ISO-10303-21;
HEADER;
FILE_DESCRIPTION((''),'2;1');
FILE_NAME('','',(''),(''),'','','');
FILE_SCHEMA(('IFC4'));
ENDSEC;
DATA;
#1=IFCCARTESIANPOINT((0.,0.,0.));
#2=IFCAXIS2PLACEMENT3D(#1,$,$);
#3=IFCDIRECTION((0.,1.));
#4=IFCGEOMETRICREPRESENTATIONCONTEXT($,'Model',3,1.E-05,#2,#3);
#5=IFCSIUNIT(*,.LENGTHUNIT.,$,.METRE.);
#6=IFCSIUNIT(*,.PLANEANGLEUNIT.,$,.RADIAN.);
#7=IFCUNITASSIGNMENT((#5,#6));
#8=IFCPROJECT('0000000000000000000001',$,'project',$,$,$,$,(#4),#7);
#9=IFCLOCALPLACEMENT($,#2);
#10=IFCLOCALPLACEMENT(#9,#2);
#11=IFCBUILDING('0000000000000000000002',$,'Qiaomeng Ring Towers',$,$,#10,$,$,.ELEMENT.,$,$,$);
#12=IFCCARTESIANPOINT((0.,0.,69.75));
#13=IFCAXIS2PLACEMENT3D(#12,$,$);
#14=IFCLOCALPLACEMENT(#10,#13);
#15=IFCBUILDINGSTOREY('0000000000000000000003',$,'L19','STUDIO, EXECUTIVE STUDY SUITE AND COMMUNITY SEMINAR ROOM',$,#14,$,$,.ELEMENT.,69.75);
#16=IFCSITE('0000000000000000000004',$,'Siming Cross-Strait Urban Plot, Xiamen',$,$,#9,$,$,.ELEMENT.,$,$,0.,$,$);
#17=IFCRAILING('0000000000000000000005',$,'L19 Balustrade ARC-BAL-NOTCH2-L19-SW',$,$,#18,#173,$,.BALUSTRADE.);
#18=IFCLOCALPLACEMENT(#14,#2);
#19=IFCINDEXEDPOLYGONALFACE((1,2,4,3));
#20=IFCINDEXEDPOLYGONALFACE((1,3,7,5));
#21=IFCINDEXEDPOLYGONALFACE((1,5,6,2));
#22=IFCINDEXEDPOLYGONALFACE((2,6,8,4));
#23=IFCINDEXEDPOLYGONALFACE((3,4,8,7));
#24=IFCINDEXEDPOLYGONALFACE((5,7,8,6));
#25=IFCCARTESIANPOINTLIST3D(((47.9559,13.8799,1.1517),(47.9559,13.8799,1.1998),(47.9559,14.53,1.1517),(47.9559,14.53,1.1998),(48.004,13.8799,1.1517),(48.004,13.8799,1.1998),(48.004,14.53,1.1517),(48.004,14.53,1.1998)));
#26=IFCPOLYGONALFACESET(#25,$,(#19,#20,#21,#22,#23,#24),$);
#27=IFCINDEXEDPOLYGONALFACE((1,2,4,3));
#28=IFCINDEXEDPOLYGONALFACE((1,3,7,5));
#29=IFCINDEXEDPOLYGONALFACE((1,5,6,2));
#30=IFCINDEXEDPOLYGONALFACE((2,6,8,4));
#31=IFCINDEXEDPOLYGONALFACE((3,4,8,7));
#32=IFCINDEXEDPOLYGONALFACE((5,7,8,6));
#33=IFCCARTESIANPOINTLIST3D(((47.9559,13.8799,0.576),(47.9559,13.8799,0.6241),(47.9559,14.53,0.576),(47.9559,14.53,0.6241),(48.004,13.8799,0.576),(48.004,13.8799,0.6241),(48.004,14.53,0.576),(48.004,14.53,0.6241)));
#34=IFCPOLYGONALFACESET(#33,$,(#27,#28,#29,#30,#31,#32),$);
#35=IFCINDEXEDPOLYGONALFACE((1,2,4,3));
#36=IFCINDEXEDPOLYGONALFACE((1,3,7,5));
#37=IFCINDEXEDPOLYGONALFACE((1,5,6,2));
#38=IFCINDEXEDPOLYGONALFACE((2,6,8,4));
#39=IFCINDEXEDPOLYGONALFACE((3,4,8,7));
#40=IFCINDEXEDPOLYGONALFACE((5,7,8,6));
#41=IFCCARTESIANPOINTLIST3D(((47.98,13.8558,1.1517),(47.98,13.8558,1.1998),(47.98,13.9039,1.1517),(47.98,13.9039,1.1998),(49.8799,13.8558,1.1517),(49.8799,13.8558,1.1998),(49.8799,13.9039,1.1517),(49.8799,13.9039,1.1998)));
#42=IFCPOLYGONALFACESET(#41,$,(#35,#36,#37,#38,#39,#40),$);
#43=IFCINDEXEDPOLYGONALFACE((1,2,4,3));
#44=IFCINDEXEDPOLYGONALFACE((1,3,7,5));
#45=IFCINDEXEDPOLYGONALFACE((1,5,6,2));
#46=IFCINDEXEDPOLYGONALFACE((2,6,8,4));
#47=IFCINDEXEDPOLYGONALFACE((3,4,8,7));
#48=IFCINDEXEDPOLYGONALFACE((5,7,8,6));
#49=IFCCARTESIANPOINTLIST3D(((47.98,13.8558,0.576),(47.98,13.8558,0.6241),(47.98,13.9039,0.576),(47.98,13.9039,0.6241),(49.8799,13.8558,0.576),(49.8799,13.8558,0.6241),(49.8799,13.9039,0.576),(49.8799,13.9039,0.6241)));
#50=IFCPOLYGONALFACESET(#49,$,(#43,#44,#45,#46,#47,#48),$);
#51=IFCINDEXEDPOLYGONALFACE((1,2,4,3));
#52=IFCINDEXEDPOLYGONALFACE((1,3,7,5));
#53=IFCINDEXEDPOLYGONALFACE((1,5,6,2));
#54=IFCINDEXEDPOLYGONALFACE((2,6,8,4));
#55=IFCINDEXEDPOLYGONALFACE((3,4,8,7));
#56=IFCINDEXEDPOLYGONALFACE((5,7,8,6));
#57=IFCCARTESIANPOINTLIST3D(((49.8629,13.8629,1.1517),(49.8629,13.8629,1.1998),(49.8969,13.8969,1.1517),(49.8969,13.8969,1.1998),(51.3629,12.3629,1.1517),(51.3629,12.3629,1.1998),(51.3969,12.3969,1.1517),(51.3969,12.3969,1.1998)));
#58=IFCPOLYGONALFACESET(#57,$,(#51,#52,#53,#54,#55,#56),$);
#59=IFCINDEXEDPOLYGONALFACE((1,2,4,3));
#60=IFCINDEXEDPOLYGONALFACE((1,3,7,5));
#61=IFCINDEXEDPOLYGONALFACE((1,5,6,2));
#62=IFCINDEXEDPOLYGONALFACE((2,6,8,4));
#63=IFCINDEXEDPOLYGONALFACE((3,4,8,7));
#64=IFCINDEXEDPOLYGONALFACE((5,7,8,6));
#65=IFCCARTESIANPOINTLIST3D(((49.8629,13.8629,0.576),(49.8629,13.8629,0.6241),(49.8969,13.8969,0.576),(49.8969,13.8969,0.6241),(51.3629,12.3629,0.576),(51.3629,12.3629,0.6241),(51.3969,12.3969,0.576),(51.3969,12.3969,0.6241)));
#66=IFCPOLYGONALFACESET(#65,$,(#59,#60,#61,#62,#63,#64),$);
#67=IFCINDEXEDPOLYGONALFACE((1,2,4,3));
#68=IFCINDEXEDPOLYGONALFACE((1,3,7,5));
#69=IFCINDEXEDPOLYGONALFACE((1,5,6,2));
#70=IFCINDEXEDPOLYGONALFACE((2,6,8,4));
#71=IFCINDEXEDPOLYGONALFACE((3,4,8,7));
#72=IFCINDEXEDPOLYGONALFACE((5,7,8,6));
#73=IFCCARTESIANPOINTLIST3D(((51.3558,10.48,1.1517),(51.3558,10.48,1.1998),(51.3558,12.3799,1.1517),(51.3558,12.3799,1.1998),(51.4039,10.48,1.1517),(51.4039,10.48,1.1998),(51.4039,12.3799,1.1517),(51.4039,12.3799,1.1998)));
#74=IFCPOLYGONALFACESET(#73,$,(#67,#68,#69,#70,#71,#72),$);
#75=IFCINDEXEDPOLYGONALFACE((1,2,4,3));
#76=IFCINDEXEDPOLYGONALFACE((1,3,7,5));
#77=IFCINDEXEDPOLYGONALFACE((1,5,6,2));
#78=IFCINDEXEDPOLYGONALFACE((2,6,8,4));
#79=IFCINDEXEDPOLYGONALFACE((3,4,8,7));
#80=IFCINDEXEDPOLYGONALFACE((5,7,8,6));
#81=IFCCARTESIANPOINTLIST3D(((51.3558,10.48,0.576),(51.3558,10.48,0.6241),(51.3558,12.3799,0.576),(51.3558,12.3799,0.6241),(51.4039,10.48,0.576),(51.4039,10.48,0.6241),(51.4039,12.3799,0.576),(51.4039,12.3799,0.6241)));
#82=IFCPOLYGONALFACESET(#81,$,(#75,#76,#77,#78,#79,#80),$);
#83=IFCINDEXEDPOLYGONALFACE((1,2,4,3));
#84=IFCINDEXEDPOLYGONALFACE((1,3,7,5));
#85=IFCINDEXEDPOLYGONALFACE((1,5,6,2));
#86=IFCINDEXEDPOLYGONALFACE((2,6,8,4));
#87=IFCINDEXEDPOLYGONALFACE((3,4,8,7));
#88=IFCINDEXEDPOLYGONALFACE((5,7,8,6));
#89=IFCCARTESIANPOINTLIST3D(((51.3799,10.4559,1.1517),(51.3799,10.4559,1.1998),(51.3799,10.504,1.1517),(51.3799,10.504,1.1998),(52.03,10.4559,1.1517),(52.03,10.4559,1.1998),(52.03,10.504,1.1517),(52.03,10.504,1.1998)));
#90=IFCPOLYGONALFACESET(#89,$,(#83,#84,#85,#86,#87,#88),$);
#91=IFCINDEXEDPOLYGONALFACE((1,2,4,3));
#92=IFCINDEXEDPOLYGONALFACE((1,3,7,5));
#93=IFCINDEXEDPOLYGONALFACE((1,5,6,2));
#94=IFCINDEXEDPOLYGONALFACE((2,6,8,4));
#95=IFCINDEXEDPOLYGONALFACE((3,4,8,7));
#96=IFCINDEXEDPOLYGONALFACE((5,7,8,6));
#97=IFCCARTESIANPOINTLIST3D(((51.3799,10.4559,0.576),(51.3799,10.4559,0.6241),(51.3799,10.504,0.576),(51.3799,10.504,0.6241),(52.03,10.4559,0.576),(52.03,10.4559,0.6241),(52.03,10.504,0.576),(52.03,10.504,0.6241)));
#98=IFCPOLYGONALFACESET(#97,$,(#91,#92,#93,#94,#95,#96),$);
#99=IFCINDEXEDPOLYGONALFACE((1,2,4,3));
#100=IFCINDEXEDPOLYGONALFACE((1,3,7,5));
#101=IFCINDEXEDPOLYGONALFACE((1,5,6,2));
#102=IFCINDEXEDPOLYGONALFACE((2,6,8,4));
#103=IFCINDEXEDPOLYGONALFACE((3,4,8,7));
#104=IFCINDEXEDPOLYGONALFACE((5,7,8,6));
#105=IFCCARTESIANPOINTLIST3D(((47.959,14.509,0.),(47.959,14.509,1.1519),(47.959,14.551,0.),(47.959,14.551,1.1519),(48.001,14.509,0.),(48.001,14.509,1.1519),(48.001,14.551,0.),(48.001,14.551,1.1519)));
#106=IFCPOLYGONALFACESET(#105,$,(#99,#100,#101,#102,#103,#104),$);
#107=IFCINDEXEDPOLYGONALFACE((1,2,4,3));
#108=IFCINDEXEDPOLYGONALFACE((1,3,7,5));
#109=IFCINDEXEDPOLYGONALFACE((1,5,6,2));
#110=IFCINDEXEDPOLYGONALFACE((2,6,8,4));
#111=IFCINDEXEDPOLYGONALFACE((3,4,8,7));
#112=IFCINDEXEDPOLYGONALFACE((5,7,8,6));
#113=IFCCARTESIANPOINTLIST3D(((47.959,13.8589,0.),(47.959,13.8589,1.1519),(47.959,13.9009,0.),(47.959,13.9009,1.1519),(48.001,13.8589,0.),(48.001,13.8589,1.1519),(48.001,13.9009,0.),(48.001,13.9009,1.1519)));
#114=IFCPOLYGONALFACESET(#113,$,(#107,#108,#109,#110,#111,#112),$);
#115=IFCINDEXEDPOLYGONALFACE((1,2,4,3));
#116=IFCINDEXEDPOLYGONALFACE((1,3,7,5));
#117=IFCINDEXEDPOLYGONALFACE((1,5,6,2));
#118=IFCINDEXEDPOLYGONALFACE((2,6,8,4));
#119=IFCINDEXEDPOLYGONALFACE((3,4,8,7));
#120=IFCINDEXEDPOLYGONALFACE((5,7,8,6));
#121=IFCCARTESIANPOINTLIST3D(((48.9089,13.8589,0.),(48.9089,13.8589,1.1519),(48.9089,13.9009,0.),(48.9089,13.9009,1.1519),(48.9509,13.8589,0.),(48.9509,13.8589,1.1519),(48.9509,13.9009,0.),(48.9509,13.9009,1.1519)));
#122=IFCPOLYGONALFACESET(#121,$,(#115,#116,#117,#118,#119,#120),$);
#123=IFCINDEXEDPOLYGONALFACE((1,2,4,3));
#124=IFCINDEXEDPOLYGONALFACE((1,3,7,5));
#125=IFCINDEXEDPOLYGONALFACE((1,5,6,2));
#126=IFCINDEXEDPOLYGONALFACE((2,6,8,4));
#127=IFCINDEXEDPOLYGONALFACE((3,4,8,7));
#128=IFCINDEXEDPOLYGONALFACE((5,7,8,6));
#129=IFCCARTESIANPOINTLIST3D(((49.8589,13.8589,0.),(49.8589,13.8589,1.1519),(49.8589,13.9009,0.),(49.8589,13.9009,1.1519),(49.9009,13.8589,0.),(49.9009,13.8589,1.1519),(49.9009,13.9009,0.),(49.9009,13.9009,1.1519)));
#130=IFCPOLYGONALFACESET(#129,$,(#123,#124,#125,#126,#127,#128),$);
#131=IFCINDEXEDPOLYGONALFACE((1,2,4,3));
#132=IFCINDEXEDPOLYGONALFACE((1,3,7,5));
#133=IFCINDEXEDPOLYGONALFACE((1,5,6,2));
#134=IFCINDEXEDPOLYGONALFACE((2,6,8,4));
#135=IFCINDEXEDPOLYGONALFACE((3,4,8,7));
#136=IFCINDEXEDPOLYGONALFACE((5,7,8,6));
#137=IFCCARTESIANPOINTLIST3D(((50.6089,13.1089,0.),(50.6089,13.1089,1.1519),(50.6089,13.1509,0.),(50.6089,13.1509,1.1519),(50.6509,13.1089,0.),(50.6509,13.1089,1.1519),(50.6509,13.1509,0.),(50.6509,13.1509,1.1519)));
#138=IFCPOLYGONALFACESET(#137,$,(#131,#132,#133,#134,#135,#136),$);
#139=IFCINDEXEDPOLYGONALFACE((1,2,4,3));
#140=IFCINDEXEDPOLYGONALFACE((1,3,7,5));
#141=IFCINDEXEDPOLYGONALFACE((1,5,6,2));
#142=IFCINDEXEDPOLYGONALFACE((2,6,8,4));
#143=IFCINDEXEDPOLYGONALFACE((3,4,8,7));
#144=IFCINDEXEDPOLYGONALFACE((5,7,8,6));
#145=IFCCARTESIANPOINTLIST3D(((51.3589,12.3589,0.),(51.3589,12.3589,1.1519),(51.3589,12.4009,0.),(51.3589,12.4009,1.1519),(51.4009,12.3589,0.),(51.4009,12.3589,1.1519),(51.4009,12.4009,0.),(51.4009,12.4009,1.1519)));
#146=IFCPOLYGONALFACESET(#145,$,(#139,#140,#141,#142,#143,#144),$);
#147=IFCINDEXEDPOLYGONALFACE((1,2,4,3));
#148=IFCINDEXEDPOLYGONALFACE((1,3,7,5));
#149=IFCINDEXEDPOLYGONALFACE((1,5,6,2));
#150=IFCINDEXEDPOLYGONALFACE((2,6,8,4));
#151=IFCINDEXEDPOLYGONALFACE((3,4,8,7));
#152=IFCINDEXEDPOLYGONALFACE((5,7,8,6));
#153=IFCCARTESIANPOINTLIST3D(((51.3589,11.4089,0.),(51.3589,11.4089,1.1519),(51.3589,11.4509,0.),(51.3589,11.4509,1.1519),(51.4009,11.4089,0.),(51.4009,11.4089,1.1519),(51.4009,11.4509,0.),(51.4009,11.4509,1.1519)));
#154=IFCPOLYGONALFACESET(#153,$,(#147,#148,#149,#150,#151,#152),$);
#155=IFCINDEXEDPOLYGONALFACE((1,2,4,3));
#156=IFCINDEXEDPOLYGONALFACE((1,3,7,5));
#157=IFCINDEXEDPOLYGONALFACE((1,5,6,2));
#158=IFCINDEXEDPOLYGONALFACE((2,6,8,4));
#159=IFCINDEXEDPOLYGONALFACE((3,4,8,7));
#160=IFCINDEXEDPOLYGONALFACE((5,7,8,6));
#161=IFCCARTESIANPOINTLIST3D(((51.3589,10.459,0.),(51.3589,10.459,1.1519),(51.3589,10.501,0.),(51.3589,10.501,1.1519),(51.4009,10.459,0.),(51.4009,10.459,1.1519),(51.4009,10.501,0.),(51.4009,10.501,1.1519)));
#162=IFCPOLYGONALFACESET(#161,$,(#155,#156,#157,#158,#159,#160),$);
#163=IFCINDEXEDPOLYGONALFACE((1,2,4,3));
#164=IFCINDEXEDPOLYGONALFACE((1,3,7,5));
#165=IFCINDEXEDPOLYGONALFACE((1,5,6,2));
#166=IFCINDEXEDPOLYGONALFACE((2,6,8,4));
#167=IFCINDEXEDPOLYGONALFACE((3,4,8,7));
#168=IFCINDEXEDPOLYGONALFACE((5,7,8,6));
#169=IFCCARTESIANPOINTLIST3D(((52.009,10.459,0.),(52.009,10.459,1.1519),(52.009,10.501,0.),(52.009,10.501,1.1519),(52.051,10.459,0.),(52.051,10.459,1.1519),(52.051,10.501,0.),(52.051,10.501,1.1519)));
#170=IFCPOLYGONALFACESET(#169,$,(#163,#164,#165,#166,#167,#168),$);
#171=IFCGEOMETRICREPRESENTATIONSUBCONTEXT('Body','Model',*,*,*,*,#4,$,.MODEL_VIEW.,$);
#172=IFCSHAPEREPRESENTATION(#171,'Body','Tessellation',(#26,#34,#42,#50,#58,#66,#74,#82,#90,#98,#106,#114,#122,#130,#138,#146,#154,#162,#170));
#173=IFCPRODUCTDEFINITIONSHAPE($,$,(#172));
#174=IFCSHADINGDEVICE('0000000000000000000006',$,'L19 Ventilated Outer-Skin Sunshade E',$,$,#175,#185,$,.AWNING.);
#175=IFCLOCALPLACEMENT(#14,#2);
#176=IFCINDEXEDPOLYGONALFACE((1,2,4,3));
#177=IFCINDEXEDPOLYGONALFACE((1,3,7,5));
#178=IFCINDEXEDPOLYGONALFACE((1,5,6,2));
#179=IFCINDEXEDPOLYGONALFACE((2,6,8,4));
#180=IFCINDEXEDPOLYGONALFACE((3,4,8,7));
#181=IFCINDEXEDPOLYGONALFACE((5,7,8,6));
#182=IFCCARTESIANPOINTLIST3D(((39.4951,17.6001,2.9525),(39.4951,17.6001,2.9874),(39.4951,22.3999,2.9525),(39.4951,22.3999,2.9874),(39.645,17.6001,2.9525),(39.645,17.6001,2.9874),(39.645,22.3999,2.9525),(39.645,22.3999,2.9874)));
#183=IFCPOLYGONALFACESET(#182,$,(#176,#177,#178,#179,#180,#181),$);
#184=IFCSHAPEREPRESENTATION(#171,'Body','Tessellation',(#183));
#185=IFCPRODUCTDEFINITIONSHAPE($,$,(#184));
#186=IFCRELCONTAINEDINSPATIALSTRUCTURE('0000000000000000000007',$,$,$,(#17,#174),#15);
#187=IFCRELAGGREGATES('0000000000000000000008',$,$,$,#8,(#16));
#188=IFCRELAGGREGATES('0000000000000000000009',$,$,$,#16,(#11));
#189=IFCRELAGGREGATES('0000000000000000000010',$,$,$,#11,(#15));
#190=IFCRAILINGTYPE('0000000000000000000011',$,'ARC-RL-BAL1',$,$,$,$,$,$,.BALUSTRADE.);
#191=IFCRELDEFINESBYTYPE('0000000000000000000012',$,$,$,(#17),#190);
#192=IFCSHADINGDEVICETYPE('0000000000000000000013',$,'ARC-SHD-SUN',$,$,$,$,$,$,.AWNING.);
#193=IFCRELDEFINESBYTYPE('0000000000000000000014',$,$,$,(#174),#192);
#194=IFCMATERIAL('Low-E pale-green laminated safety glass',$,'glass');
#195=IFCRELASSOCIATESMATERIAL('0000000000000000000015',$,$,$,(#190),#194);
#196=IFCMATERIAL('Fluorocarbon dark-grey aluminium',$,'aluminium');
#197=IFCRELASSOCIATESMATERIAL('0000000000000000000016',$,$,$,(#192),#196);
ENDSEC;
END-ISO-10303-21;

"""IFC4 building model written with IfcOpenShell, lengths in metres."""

from ifc_helpers import new_model, si_unit, direction, frame, origin, origin_2d, place, context, subcontext, project, spatial, rectangle, extrude, source, transform, mapped, material, material_profile, profile_set, type_object, element, save


model = new_model("IFC4")

# Units and contexts
model_context = context("Model", 3, precision=1e-05, world=origin(), true_north=direction((0.0, 1.0)))
body_context = subcontext(model_context, "Body", "Model", "MODEL_VIEW")
ifc_project = project(units=[si_unit("LENGTHUNIT", "METRE"), si_unit("PLANEANGLEUNIT", "RADIAN")], contexts=[model_context])

# Site, building, storey
site_placement = place(None, origin())
site = spatial("IfcSite", under=ifc_project, at=site_placement, Name="Siming Cross-Strait Urban Plot, Xiamen", CompositionType="ELEMENT", RefElevation=0.0)
building_placement = place(site_placement, origin())
building = spatial("IfcBuilding", under=site, at=building_placement, Name="Qiaomeng Ring Towers", CompositionType="ELEMENT")
storey_placement = place(building_placement, frame((0.0, 0.0, 69.75)))
storey = spatial("IfcBuildingStorey", under=building, at=storey_placement, Name="L19", Description="STUDIO, EXECUTIVE STUDY SUITE AND COMMUNITY SEMINAR ROOM", CompositionType="ELEMENT", Elevation=69.75)

# Shared definitions
ifc_material_1 = material(Name="Fluorocarbon dark-grey aluminium", Category="aluminium")

# Railing
ifc_material_2 = material(Name="Low-E pale-green laminated safety glass", Category="glass")
railing_type = type_object("IfcRailingType", Name="ARC-RL-BAL1", PredefinedType="BALUSTRADE", material=ifc_material_2)
railing_placement = place(storey_placement, frame((47.98, 14.53, 0.0)))
element("IfcRailing", 1, at=railing_placement, inside=storey, type_object=railing_type, Name="L19 Balustrade ARC-BAL-NOTCH2-L19-SW", PredefinedType="BALUSTRADE", context=body_context, shape_type="SweptSolid", body=[
    extrude(rectangle(XDim=0.0481, YDim=0.0481, at=origin_2d()), frame((0.0, 0.0, 1.1758), z_axis=(0.0, -1.0, 0.0), x_axis=(1.0, 0.0, 0.0)), (0.0, 0.0, 1.0), 0.6501),
    extrude(rectangle(XDim=0.0481, YDim=0.0481, at=origin_2d()), frame((0.0, 0.0, 0.6001), z_axis=(0.0, -1.0, 0.0), x_axis=(1.0, 0.0, 0.0)), (0.0, 0.0, 1.0), 0.6501),
    extrude(rectangle(XDim=0.0481, YDim=0.0481, at=origin_2d()), frame((0.0, -0.6501, 1.1758), z_axis=(1.0, 0.0, 0.0), x_axis=(0.0, 1.0, 0.0)), (0.0, 0.0, 1.0), 1.8999),
    extrude(rectangle(XDim=0.0481, YDim=0.0481, at=origin_2d()), frame((0.0, -0.6501, 0.6001), z_axis=(1.0, 0.0, 0.0), x_axis=(0.0, 1.0, 0.0)), (0.0, 0.0, 1.0), 1.8999),
    extrude(rectangle(XDim=0.0481, YDim=0.0481, at=origin_2d()), frame((1.8999, -0.6501, 1.1758), z_axis=(0.707107, -0.707107, 0.0), x_axis=(0.707107, 0.707107, 0.0)), (0.0, 0.0, 1.0), 2.1213),
    extrude(rectangle(XDim=0.0481, YDim=0.0481, at=origin_2d()), frame((1.8999, -0.6501, 0.6001), z_axis=(0.707107, -0.707107, 0.0), x_axis=(0.707107, 0.707107, 0.0)), (0.0, 0.0, 1.0), 2.1213),
    extrude(rectangle(XDim=0.0481, YDim=0.0481, at=origin_2d()), frame((3.3999, -2.1501, 1.1758), z_axis=(0.0, -1.0, 0.0), x_axis=(1.0, 0.0, 0.0)), (0.0, 0.0, 1.0), 1.8999),
    extrude(rectangle(XDim=0.0481, YDim=0.0481, at=origin_2d()), frame((3.3999, -2.1501, 0.6001), z_axis=(0.0, -1.0, 0.0), x_axis=(1.0, 0.0, 0.0)), (0.0, 0.0, 1.0), 1.8999),
    extrude(rectangle(XDim=0.0481, YDim=0.0481, at=origin_2d()), frame((3.3999, -4.05, 1.1758), z_axis=(1.0, 0.0, 0.0), x_axis=(0.0, 1.0, 0.0)), (0.0, 0.0, 1.0), 0.6501),
    extrude(rectangle(XDim=0.0481, YDim=0.0481, at=origin_2d()), frame((3.3999, -4.05, 0.6001), z_axis=(1.0, 0.0, 0.0), x_axis=(0.0, 1.0, 0.0)), (0.0, 0.0, 1.0), 0.6501),
    extrude(rectangle(XDim=0.042, YDim=0.042, at=origin_2d()), origin(), (0.0, 0.0, 1.0), 1.1519),
    extrude(rectangle(XDim=0.042, YDim=0.042, at=origin_2d()), frame((0.0, -0.6501, 0.0)), (0.0, 0.0, 1.0), 1.1519),
    extrude(rectangle(XDim=0.042, YDim=0.042, at=origin_2d()), frame((0.95, -0.6501, 0.0)), (0.0, 0.0, 1.0), 1.1519),
    extrude(rectangle(XDim=0.042, YDim=0.042, at=origin_2d()), frame((1.8999, -0.6501, 0.0)), (0.0, 0.0, 1.0), 1.1519),
    extrude(rectangle(XDim=0.042, YDim=0.042, at=origin_2d()), frame((2.6499, -1.4001, 0.0)), (0.0, 0.0, 1.0), 1.1519),
    extrude(rectangle(XDim=0.042, YDim=0.042, at=origin_2d()), frame((3.3999, -2.1501, 0.0)), (0.0, 0.0, 1.0), 1.1519),
    extrude(rectangle(XDim=0.042, YDim=0.042, at=origin_2d()), frame((3.3999, -3.1001, 0.0)), (0.0, 0.0, 1.0), 1.1519),
    extrude(rectangle(XDim=0.042, YDim=0.042, at=origin_2d()), frame((3.3999, -4.05, 0.0)), (0.0, 0.0, 1.0), 1.1519),
    extrude(rectangle(XDim=0.042, YDim=0.042, at=origin_2d()), frame((4.05, -4.05, 0.0)), (0.0, 0.0, 1.0), 1.1519),
])

# Shading device
ifc_material_profile_1 = material_profile(ifc_material_1, rectangle(XDim=0.1499, YDim=0.0349, at=origin_2d()), Name="LV BLADE 150x35")
ifc_profile_set_1 = profile_set([ifc_material_profile_1], Name="Fluorocarbon dark-grey aluminium")
shading_device_type = type_object("IfcShadingDeviceType", Name="ARC-SHD-SUN", PredefinedType="AWNING", material=ifc_profile_set_1)
shared_shape_1 = source(origin(), body_context, "Body", "SweptSolid", [
    extrude(rectangle(XDim=0.1499, YDim=0.0349, at=origin_2d()), origin(), (0.0, 0.0, 1.0), 4.7998),
])
shading_device_placement = place(storey_placement, frame((39.5701, 17.6001, 2.97), z_axis=(0.0, 1.0, 0.0), x_axis=(-1.0, 0.0, 0.0)))
element("IfcShadingDevice", 2, at=shading_device_placement, inside=storey, type_object=shading_device_type, Name="L19 Ventilated Outer-Skin Sunshade E", PredefinedType="AWNING", context=body_context, shape_type="MappedRepresentation", body=[
    mapped(shared_shape_1, transform((0.0, 0.0, 0.0), x_axis=(1.0, 0.0, 0.0), y_axis=(0.0, 1.0, 0.0), z_axis=(0.0, 0.0, 1.0), scale=1.0)),
])

save(model, "model.ifc")
